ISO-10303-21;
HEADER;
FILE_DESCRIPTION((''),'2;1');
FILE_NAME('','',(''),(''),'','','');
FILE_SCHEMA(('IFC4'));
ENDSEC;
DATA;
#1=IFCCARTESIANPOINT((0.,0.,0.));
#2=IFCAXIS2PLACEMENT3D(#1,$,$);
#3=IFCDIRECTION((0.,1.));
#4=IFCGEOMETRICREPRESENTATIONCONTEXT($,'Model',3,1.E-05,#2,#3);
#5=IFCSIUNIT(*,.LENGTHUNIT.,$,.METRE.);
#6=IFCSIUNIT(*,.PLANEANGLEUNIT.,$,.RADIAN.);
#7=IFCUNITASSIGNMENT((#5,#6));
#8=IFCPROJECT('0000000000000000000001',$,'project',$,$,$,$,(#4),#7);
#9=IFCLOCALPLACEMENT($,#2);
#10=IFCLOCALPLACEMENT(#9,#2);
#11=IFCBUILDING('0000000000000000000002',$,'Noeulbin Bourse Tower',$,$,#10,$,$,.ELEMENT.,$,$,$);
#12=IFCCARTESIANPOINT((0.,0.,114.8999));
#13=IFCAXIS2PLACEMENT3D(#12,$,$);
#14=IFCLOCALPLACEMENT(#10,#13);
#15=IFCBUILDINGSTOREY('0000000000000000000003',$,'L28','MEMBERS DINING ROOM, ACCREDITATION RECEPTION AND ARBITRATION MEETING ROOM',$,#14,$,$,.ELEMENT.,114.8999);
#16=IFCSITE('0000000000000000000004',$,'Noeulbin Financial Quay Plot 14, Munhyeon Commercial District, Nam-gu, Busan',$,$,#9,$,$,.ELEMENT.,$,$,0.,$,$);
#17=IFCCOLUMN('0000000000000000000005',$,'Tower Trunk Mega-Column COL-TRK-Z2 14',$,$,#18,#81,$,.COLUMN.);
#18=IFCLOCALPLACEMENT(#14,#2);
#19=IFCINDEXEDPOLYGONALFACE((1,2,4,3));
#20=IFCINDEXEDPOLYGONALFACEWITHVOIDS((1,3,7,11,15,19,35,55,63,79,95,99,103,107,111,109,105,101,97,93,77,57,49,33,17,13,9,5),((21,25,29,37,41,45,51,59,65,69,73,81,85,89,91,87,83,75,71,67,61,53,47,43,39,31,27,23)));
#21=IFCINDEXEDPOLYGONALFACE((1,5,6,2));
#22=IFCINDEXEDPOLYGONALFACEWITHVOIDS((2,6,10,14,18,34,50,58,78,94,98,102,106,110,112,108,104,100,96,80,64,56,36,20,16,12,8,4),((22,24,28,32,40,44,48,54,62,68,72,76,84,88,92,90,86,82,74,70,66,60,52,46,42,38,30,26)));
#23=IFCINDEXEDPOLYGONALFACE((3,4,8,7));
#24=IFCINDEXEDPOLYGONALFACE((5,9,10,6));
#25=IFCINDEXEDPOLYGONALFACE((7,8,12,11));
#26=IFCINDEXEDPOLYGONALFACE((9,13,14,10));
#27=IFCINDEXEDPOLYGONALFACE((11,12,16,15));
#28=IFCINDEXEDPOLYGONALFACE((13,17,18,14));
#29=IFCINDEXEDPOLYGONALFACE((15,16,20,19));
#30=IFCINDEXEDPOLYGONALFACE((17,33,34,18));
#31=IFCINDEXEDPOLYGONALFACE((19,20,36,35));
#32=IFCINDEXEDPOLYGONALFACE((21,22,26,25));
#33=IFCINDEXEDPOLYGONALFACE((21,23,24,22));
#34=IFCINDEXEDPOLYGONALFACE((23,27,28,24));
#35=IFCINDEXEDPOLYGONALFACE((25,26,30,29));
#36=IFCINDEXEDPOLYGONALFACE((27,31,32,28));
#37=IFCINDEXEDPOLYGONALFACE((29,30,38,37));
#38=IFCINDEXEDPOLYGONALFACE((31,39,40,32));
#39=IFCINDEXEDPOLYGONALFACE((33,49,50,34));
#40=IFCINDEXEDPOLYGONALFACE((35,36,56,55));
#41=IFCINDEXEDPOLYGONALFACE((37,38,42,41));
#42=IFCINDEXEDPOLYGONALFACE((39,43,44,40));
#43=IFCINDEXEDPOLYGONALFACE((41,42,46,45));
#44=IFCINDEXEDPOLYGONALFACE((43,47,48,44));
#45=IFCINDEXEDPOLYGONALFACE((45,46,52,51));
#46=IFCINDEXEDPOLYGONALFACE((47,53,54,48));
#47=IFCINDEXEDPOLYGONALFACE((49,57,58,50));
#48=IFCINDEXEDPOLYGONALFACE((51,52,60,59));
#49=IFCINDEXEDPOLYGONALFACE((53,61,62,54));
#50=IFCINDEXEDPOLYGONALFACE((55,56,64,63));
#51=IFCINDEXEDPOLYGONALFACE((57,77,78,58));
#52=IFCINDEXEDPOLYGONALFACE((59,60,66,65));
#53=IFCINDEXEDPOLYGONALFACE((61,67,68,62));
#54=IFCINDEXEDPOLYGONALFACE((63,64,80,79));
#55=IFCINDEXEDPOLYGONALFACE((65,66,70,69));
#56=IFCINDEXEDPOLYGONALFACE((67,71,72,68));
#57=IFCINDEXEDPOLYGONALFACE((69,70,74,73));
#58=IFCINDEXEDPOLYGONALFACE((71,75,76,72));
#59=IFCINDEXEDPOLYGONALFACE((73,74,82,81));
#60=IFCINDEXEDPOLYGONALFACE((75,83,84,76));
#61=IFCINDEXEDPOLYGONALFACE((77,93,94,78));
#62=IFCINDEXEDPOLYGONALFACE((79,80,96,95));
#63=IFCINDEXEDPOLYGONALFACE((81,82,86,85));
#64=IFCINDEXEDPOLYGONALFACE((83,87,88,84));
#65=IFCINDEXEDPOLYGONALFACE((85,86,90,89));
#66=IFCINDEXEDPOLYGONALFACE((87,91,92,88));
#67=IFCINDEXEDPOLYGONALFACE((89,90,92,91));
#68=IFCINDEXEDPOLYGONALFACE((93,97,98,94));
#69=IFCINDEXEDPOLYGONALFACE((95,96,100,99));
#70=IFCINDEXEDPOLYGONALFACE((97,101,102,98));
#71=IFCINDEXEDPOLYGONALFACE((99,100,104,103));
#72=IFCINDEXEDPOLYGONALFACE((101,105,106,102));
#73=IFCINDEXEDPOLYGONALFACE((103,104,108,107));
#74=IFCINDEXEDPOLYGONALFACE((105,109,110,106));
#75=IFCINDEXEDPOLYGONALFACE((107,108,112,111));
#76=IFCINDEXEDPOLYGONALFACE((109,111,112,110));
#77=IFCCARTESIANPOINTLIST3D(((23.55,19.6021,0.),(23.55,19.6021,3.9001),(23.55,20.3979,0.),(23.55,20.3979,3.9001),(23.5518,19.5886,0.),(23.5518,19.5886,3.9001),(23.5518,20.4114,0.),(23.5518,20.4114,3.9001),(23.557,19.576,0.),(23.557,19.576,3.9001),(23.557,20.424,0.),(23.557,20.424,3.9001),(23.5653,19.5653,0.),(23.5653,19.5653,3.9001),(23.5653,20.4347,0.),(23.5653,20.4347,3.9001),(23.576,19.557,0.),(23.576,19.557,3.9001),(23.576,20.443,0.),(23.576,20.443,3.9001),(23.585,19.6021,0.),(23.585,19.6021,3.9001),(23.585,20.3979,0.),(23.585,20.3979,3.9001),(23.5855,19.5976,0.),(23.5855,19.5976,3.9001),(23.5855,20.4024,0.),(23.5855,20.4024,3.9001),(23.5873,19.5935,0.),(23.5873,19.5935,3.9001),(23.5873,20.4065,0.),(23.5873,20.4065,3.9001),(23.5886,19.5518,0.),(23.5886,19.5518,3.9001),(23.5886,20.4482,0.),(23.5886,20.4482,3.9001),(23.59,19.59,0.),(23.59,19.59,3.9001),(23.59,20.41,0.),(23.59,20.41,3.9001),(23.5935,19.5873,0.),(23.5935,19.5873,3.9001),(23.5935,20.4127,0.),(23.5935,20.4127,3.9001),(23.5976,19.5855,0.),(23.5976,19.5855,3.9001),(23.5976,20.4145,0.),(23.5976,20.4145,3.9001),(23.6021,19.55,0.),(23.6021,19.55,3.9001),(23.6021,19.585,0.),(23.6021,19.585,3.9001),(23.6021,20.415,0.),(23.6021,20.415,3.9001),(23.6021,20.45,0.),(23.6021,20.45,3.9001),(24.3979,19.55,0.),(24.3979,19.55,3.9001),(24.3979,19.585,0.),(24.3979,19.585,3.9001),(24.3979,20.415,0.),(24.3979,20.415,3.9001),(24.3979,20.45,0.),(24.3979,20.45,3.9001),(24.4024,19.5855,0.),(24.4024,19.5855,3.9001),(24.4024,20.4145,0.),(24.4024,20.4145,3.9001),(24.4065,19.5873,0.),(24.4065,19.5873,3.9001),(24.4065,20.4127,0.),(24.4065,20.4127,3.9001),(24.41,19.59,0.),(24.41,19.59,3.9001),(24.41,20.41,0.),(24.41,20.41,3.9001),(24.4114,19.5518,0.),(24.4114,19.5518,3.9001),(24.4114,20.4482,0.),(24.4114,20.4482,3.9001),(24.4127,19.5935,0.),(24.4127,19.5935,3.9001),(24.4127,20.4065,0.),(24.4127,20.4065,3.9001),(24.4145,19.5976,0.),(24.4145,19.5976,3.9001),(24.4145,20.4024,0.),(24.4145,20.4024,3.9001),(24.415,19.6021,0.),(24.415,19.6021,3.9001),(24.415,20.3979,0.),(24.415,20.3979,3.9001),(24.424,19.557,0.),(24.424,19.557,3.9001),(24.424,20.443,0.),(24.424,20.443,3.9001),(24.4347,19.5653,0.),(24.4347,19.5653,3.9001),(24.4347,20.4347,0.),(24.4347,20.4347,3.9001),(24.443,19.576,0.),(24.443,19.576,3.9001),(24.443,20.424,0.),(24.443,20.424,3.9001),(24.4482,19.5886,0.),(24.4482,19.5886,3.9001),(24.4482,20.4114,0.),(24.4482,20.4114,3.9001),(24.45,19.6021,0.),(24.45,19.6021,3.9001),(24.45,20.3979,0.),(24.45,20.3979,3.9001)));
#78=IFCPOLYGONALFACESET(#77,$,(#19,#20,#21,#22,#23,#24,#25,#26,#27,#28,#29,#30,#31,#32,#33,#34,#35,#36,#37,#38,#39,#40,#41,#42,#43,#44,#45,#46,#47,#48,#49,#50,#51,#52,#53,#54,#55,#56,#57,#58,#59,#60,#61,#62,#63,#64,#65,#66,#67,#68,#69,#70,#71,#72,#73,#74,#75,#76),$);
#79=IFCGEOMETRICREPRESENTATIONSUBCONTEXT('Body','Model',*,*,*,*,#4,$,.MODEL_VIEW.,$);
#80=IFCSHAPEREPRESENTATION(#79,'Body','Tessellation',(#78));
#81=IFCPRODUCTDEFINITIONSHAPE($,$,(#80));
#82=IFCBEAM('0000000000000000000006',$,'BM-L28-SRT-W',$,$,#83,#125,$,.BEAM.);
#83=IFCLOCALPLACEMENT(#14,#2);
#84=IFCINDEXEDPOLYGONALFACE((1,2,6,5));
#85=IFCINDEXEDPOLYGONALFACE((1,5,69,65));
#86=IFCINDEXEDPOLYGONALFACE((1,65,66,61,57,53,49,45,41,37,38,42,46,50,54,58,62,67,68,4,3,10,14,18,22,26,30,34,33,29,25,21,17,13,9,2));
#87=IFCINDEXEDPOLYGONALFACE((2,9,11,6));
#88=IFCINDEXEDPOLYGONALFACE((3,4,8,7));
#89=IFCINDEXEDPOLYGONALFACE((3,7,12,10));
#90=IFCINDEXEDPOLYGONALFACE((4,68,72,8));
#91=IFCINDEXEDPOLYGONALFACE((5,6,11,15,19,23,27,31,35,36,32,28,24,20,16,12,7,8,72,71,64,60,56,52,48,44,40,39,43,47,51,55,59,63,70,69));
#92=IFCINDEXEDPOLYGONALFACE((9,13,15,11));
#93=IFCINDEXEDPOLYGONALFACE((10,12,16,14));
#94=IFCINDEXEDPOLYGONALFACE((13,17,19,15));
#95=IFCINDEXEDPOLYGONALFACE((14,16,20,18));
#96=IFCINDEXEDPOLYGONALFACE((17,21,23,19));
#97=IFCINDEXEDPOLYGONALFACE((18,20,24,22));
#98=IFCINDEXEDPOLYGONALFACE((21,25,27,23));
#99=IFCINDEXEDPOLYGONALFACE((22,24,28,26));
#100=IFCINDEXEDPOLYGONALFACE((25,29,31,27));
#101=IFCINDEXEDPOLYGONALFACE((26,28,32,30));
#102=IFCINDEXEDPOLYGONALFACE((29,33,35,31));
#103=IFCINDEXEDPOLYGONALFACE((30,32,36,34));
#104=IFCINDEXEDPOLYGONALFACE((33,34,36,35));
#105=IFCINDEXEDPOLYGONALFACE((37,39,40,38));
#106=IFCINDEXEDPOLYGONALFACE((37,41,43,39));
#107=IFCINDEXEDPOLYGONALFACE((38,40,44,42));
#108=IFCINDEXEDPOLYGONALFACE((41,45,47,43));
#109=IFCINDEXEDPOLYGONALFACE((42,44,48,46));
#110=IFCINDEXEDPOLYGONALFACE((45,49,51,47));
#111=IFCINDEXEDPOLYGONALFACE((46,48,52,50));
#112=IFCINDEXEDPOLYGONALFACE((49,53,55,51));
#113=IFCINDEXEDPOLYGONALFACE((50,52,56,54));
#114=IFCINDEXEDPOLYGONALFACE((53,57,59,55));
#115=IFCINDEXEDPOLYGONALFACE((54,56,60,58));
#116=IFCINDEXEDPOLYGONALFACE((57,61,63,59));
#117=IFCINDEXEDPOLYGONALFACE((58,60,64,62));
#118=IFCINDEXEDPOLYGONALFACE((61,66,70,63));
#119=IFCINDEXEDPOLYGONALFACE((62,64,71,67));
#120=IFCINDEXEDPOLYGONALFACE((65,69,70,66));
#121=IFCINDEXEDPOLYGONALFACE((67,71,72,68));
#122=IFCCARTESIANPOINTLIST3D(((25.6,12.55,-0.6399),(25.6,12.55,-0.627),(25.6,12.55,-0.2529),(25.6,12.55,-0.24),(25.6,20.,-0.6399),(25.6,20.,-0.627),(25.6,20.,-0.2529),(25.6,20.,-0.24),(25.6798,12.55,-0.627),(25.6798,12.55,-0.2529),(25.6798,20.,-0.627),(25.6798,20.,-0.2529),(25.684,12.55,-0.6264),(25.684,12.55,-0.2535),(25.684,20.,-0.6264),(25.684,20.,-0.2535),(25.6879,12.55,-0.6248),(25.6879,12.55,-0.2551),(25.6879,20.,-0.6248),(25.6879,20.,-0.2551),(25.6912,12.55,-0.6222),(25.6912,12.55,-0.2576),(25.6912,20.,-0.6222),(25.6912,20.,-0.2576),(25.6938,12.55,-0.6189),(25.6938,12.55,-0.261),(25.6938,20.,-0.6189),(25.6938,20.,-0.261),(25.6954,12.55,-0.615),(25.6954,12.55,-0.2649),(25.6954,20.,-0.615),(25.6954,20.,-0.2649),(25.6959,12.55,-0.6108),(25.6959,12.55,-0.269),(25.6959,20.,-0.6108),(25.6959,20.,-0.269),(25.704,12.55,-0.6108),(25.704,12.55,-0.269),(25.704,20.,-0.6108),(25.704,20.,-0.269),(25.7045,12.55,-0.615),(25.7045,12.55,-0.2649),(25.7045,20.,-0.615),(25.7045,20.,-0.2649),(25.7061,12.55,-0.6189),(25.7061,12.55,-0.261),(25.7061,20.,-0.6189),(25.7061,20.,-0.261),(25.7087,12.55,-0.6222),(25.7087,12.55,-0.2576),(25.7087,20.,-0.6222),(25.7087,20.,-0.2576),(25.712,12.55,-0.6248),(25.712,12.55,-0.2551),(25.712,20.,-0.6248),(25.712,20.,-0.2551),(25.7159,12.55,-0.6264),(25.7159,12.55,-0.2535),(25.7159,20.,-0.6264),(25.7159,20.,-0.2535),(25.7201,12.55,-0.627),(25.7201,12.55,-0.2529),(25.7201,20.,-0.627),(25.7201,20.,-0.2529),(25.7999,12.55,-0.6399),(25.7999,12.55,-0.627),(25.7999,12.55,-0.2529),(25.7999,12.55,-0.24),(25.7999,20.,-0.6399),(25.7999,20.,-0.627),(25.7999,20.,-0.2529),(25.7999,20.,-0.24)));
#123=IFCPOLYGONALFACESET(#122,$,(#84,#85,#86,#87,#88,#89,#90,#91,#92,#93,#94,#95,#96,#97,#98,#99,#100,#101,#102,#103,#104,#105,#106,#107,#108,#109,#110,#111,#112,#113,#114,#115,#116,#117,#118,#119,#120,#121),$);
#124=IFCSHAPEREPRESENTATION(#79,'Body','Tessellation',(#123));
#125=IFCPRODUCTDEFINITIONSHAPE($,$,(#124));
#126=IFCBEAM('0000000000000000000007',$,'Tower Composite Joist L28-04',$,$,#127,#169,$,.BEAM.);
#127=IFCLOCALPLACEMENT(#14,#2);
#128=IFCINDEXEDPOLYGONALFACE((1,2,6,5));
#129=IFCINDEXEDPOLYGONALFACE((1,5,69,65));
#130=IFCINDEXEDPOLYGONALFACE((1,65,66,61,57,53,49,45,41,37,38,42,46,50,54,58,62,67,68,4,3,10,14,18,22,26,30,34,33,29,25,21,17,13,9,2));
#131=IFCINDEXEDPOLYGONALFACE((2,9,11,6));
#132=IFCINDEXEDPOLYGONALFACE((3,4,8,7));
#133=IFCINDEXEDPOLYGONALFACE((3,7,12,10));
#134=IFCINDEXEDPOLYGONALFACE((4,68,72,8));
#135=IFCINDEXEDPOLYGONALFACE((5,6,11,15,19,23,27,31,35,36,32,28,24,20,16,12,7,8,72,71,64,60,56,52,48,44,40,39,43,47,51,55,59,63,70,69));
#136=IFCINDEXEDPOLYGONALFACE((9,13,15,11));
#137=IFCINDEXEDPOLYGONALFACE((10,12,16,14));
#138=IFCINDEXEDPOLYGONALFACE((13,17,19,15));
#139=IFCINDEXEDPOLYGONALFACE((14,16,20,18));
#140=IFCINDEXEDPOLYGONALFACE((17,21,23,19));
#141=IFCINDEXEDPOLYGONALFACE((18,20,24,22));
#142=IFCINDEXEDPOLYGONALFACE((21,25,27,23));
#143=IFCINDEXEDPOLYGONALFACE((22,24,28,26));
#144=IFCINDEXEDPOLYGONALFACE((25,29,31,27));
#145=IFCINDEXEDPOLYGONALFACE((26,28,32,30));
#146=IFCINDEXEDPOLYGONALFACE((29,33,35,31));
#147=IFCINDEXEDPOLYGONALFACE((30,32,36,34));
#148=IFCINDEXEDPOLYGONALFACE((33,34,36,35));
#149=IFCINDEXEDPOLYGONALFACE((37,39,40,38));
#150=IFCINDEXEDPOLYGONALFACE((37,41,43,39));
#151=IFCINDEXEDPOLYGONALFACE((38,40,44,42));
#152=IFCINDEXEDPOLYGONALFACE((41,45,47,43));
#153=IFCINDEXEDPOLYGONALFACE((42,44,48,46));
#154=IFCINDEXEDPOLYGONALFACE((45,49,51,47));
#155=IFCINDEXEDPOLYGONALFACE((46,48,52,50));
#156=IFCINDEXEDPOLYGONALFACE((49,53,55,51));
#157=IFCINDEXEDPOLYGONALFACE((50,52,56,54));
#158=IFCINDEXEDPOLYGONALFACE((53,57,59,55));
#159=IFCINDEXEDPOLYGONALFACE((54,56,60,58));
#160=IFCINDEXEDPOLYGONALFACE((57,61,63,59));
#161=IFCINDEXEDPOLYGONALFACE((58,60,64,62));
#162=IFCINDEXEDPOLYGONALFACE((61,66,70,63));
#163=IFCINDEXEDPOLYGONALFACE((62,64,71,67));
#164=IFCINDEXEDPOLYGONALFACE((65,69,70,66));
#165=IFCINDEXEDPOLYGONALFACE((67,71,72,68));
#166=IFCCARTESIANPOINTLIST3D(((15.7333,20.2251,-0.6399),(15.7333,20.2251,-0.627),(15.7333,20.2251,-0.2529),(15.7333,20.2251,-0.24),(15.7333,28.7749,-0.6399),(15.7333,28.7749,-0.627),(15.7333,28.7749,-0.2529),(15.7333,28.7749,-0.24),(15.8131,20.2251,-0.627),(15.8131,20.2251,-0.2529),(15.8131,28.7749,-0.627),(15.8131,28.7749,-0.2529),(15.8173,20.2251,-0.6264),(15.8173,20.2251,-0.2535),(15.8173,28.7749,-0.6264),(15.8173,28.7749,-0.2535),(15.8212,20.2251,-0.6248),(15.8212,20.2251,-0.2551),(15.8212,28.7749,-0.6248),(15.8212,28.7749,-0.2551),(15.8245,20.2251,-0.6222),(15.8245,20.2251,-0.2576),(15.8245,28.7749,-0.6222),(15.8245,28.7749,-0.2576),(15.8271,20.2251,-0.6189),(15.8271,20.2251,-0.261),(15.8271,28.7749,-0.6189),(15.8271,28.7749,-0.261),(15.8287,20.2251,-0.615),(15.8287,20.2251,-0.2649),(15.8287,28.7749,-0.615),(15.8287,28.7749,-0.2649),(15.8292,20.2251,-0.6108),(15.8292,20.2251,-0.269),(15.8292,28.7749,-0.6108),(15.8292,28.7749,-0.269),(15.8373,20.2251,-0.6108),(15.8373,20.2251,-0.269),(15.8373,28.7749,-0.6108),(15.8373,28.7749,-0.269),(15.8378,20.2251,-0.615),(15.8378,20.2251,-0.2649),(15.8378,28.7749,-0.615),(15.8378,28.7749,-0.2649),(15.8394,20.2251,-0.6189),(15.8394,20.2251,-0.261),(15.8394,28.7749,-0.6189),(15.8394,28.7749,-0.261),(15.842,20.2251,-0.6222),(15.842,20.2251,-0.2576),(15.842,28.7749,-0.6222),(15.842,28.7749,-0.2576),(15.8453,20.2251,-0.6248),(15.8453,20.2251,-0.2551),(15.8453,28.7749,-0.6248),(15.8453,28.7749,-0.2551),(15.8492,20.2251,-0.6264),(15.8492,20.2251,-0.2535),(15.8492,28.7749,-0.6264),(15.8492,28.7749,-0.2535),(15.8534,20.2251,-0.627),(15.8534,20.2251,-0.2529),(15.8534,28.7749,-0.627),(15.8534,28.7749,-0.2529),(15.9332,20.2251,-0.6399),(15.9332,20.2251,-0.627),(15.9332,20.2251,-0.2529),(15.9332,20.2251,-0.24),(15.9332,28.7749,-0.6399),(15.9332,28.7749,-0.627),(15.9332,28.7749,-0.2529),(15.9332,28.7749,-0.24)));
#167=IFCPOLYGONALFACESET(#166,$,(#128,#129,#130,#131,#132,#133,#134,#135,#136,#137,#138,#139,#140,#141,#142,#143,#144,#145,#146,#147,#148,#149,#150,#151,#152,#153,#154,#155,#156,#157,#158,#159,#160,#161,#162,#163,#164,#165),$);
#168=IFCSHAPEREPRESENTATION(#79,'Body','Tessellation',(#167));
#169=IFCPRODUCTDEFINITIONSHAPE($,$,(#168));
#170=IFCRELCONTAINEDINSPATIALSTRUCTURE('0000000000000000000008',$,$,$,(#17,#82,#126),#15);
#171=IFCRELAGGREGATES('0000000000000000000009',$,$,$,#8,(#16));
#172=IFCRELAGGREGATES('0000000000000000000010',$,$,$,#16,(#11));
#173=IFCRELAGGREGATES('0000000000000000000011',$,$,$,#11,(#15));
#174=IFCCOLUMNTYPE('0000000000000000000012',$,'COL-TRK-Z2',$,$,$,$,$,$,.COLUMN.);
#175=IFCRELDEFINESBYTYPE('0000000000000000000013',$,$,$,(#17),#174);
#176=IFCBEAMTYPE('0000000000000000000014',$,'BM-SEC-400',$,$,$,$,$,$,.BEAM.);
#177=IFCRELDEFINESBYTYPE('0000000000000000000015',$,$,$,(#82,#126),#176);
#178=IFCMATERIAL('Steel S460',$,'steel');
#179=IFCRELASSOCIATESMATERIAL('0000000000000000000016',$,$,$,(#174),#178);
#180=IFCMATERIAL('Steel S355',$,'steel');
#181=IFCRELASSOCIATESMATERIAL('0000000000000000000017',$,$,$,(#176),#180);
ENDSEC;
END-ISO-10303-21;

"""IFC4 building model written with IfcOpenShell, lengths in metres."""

from ifc_helpers import new_model, si_unit, direction, frame, origin, origin_2d, place, context, subcontext, project, spatial, hollow_rectangle, i_section, extrude, material, material_profile, profile_set, type_object, element, save


model = new_model("IFC4")

# Units and contexts
model_context = context("Model", 3, precision=1e-05, world=origin(), true_north=direction((0.0, 1.0)))
body_context = subcontext(model_context, "Body", "Model", "MODEL_VIEW")
ifc_project = project(units=[si_unit("LENGTHUNIT", "METRE"), si_unit("PLANEANGLEUNIT", "RADIAN")], contexts=[model_context])

# Site, building, storey
site_placement = place(None, origin())
site = spatial("IfcSite", under=ifc_project, at=site_placement, Name="Noeulbin Financial Quay Plot 14, Munhyeon Commercial District, Nam-gu, Busan", CompositionType="ELEMENT", RefElevation=0.0)
building_placement = place(site_placement, origin())
building = spatial("IfcBuilding", under=site, at=building_placement, Name="Noeulbin Bourse Tower", CompositionType="ELEMENT")
storey_placement = place(building_placement, frame((0.0, 0.0, 114.8999)))
storey = spatial("IfcBuildingStorey", under=building, at=storey_placement, Name="L28", Description="MEMBERS DINING ROOM, ACCREDITATION RECEPTION AND ARBITRATION MEETING ROOM", CompositionType="ELEMENT", Elevation=114.8999)

# Column
ifc_material_1 = material(Name="Steel S460", Category="steel")
ifc_material_profile_1 = material_profile(ifc_material_1, hollow_rectangle(XDim=0.8999, YDim=0.8999, WallThickness=0.0349, InnerFilletRadius=0.0171, OuterFilletRadius=0.052, at=origin_2d()), Name="BOX-900x900x35", Category="LoadBearing")
ifc_profile_set_1 = profile_set([ifc_material_profile_1], Name="Steel S460")
column_type = type_object("IfcColumnType", Name="COL-TRK-Z2", PredefinedType="COLUMN", material=ifc_profile_set_1)
column_placement = place(storey_placement, frame((24.0, 20.0, 0.0), z_axis=(0.0, 0.0, 1.0), x_axis=(1.0, 0.0, 0.0)))
element("IfcColumn", 1, at=column_placement, inside=storey, type_object=column_type, Name="Tower Trunk Mega-Column COL-TRK-Z2 14", PredefinedType="COLUMN", context=body_context, shape_type="SweptSolid", body=[
    extrude(hollow_rectangle(XDim=0.8999, YDim=0.8999, WallThickness=0.0349, InnerFilletRadius=0.0171, OuterFilletRadius=0.052, at=origin_2d()), origin(), (0.0, 0.0, 1.0), 3.9001),
])

# Beams
ifc_material_2 = material(Name="Steel S355", Category="steel")
ifc_material_profile_2 = material_profile(ifc_material_2, i_section(OverallWidth=0.2, OverallDepth=0.3999, WebThickness=0.0081, FlangeThickness=0.0129, FilletRadius=0.0161, at=origin_2d()), Name="H-400x200x8x13", Category="LoadBearing")
ifc_profile_set_2 = profile_set([ifc_material_profile_2], Name="Steel S355")
beam_type_1 = type_object("IfcBeamType", Name="BM-SEC-400", PredefinedType="BEAM", material=ifc_profile_set_2)
beam_1_placement = place(storey_placement, frame((25.7, 12.55, -0.4399), z_axis=(0.0, 1.0, 0.0), x_axis=(-1.0, 0.0, 0.0)))
element("IfcBeam", 2, at=beam_1_placement, inside=storey, type_object=beam_type_1, Name="BM-L28-SRT-W", PredefinedType="BEAM", context=body_context, shape_type="SweptSolid", body=[
    extrude(i_section(OverallWidth=0.2, OverallDepth=0.3999, WebThickness=0.0081, FlangeThickness=0.0129, FilletRadius=0.0161, at=origin_2d()), origin(), (0.0, 0.0, 1.0), 7.45),
])
for number, where, z_axis, x_axis, name in (
    (3, (15.8333, 20.2251, -0.4399), (0.0, 1.0, 0.0), (-1.0, 0.0, 0.0), "Tower Composite Joist L28-04"),
):
    element("IfcBeam", number, at=place(storey_placement, frame(where, z_axis=z_axis, x_axis=x_axis)), inside=storey, type_object=beam_type_1, Name=name, PredefinedType="BEAM", context=body_context, shape_type="SweptSolid", body=[
        extrude(i_section(OverallWidth=0.2, OverallDepth=0.3999, WebThickness=0.0081, FlangeThickness=0.0129, FilletRadius=0.0161, at=origin_2d()), origin(), (0.0, 0.0, 1.0), 8.5498),
    ])

save(model, "model.ifc")
